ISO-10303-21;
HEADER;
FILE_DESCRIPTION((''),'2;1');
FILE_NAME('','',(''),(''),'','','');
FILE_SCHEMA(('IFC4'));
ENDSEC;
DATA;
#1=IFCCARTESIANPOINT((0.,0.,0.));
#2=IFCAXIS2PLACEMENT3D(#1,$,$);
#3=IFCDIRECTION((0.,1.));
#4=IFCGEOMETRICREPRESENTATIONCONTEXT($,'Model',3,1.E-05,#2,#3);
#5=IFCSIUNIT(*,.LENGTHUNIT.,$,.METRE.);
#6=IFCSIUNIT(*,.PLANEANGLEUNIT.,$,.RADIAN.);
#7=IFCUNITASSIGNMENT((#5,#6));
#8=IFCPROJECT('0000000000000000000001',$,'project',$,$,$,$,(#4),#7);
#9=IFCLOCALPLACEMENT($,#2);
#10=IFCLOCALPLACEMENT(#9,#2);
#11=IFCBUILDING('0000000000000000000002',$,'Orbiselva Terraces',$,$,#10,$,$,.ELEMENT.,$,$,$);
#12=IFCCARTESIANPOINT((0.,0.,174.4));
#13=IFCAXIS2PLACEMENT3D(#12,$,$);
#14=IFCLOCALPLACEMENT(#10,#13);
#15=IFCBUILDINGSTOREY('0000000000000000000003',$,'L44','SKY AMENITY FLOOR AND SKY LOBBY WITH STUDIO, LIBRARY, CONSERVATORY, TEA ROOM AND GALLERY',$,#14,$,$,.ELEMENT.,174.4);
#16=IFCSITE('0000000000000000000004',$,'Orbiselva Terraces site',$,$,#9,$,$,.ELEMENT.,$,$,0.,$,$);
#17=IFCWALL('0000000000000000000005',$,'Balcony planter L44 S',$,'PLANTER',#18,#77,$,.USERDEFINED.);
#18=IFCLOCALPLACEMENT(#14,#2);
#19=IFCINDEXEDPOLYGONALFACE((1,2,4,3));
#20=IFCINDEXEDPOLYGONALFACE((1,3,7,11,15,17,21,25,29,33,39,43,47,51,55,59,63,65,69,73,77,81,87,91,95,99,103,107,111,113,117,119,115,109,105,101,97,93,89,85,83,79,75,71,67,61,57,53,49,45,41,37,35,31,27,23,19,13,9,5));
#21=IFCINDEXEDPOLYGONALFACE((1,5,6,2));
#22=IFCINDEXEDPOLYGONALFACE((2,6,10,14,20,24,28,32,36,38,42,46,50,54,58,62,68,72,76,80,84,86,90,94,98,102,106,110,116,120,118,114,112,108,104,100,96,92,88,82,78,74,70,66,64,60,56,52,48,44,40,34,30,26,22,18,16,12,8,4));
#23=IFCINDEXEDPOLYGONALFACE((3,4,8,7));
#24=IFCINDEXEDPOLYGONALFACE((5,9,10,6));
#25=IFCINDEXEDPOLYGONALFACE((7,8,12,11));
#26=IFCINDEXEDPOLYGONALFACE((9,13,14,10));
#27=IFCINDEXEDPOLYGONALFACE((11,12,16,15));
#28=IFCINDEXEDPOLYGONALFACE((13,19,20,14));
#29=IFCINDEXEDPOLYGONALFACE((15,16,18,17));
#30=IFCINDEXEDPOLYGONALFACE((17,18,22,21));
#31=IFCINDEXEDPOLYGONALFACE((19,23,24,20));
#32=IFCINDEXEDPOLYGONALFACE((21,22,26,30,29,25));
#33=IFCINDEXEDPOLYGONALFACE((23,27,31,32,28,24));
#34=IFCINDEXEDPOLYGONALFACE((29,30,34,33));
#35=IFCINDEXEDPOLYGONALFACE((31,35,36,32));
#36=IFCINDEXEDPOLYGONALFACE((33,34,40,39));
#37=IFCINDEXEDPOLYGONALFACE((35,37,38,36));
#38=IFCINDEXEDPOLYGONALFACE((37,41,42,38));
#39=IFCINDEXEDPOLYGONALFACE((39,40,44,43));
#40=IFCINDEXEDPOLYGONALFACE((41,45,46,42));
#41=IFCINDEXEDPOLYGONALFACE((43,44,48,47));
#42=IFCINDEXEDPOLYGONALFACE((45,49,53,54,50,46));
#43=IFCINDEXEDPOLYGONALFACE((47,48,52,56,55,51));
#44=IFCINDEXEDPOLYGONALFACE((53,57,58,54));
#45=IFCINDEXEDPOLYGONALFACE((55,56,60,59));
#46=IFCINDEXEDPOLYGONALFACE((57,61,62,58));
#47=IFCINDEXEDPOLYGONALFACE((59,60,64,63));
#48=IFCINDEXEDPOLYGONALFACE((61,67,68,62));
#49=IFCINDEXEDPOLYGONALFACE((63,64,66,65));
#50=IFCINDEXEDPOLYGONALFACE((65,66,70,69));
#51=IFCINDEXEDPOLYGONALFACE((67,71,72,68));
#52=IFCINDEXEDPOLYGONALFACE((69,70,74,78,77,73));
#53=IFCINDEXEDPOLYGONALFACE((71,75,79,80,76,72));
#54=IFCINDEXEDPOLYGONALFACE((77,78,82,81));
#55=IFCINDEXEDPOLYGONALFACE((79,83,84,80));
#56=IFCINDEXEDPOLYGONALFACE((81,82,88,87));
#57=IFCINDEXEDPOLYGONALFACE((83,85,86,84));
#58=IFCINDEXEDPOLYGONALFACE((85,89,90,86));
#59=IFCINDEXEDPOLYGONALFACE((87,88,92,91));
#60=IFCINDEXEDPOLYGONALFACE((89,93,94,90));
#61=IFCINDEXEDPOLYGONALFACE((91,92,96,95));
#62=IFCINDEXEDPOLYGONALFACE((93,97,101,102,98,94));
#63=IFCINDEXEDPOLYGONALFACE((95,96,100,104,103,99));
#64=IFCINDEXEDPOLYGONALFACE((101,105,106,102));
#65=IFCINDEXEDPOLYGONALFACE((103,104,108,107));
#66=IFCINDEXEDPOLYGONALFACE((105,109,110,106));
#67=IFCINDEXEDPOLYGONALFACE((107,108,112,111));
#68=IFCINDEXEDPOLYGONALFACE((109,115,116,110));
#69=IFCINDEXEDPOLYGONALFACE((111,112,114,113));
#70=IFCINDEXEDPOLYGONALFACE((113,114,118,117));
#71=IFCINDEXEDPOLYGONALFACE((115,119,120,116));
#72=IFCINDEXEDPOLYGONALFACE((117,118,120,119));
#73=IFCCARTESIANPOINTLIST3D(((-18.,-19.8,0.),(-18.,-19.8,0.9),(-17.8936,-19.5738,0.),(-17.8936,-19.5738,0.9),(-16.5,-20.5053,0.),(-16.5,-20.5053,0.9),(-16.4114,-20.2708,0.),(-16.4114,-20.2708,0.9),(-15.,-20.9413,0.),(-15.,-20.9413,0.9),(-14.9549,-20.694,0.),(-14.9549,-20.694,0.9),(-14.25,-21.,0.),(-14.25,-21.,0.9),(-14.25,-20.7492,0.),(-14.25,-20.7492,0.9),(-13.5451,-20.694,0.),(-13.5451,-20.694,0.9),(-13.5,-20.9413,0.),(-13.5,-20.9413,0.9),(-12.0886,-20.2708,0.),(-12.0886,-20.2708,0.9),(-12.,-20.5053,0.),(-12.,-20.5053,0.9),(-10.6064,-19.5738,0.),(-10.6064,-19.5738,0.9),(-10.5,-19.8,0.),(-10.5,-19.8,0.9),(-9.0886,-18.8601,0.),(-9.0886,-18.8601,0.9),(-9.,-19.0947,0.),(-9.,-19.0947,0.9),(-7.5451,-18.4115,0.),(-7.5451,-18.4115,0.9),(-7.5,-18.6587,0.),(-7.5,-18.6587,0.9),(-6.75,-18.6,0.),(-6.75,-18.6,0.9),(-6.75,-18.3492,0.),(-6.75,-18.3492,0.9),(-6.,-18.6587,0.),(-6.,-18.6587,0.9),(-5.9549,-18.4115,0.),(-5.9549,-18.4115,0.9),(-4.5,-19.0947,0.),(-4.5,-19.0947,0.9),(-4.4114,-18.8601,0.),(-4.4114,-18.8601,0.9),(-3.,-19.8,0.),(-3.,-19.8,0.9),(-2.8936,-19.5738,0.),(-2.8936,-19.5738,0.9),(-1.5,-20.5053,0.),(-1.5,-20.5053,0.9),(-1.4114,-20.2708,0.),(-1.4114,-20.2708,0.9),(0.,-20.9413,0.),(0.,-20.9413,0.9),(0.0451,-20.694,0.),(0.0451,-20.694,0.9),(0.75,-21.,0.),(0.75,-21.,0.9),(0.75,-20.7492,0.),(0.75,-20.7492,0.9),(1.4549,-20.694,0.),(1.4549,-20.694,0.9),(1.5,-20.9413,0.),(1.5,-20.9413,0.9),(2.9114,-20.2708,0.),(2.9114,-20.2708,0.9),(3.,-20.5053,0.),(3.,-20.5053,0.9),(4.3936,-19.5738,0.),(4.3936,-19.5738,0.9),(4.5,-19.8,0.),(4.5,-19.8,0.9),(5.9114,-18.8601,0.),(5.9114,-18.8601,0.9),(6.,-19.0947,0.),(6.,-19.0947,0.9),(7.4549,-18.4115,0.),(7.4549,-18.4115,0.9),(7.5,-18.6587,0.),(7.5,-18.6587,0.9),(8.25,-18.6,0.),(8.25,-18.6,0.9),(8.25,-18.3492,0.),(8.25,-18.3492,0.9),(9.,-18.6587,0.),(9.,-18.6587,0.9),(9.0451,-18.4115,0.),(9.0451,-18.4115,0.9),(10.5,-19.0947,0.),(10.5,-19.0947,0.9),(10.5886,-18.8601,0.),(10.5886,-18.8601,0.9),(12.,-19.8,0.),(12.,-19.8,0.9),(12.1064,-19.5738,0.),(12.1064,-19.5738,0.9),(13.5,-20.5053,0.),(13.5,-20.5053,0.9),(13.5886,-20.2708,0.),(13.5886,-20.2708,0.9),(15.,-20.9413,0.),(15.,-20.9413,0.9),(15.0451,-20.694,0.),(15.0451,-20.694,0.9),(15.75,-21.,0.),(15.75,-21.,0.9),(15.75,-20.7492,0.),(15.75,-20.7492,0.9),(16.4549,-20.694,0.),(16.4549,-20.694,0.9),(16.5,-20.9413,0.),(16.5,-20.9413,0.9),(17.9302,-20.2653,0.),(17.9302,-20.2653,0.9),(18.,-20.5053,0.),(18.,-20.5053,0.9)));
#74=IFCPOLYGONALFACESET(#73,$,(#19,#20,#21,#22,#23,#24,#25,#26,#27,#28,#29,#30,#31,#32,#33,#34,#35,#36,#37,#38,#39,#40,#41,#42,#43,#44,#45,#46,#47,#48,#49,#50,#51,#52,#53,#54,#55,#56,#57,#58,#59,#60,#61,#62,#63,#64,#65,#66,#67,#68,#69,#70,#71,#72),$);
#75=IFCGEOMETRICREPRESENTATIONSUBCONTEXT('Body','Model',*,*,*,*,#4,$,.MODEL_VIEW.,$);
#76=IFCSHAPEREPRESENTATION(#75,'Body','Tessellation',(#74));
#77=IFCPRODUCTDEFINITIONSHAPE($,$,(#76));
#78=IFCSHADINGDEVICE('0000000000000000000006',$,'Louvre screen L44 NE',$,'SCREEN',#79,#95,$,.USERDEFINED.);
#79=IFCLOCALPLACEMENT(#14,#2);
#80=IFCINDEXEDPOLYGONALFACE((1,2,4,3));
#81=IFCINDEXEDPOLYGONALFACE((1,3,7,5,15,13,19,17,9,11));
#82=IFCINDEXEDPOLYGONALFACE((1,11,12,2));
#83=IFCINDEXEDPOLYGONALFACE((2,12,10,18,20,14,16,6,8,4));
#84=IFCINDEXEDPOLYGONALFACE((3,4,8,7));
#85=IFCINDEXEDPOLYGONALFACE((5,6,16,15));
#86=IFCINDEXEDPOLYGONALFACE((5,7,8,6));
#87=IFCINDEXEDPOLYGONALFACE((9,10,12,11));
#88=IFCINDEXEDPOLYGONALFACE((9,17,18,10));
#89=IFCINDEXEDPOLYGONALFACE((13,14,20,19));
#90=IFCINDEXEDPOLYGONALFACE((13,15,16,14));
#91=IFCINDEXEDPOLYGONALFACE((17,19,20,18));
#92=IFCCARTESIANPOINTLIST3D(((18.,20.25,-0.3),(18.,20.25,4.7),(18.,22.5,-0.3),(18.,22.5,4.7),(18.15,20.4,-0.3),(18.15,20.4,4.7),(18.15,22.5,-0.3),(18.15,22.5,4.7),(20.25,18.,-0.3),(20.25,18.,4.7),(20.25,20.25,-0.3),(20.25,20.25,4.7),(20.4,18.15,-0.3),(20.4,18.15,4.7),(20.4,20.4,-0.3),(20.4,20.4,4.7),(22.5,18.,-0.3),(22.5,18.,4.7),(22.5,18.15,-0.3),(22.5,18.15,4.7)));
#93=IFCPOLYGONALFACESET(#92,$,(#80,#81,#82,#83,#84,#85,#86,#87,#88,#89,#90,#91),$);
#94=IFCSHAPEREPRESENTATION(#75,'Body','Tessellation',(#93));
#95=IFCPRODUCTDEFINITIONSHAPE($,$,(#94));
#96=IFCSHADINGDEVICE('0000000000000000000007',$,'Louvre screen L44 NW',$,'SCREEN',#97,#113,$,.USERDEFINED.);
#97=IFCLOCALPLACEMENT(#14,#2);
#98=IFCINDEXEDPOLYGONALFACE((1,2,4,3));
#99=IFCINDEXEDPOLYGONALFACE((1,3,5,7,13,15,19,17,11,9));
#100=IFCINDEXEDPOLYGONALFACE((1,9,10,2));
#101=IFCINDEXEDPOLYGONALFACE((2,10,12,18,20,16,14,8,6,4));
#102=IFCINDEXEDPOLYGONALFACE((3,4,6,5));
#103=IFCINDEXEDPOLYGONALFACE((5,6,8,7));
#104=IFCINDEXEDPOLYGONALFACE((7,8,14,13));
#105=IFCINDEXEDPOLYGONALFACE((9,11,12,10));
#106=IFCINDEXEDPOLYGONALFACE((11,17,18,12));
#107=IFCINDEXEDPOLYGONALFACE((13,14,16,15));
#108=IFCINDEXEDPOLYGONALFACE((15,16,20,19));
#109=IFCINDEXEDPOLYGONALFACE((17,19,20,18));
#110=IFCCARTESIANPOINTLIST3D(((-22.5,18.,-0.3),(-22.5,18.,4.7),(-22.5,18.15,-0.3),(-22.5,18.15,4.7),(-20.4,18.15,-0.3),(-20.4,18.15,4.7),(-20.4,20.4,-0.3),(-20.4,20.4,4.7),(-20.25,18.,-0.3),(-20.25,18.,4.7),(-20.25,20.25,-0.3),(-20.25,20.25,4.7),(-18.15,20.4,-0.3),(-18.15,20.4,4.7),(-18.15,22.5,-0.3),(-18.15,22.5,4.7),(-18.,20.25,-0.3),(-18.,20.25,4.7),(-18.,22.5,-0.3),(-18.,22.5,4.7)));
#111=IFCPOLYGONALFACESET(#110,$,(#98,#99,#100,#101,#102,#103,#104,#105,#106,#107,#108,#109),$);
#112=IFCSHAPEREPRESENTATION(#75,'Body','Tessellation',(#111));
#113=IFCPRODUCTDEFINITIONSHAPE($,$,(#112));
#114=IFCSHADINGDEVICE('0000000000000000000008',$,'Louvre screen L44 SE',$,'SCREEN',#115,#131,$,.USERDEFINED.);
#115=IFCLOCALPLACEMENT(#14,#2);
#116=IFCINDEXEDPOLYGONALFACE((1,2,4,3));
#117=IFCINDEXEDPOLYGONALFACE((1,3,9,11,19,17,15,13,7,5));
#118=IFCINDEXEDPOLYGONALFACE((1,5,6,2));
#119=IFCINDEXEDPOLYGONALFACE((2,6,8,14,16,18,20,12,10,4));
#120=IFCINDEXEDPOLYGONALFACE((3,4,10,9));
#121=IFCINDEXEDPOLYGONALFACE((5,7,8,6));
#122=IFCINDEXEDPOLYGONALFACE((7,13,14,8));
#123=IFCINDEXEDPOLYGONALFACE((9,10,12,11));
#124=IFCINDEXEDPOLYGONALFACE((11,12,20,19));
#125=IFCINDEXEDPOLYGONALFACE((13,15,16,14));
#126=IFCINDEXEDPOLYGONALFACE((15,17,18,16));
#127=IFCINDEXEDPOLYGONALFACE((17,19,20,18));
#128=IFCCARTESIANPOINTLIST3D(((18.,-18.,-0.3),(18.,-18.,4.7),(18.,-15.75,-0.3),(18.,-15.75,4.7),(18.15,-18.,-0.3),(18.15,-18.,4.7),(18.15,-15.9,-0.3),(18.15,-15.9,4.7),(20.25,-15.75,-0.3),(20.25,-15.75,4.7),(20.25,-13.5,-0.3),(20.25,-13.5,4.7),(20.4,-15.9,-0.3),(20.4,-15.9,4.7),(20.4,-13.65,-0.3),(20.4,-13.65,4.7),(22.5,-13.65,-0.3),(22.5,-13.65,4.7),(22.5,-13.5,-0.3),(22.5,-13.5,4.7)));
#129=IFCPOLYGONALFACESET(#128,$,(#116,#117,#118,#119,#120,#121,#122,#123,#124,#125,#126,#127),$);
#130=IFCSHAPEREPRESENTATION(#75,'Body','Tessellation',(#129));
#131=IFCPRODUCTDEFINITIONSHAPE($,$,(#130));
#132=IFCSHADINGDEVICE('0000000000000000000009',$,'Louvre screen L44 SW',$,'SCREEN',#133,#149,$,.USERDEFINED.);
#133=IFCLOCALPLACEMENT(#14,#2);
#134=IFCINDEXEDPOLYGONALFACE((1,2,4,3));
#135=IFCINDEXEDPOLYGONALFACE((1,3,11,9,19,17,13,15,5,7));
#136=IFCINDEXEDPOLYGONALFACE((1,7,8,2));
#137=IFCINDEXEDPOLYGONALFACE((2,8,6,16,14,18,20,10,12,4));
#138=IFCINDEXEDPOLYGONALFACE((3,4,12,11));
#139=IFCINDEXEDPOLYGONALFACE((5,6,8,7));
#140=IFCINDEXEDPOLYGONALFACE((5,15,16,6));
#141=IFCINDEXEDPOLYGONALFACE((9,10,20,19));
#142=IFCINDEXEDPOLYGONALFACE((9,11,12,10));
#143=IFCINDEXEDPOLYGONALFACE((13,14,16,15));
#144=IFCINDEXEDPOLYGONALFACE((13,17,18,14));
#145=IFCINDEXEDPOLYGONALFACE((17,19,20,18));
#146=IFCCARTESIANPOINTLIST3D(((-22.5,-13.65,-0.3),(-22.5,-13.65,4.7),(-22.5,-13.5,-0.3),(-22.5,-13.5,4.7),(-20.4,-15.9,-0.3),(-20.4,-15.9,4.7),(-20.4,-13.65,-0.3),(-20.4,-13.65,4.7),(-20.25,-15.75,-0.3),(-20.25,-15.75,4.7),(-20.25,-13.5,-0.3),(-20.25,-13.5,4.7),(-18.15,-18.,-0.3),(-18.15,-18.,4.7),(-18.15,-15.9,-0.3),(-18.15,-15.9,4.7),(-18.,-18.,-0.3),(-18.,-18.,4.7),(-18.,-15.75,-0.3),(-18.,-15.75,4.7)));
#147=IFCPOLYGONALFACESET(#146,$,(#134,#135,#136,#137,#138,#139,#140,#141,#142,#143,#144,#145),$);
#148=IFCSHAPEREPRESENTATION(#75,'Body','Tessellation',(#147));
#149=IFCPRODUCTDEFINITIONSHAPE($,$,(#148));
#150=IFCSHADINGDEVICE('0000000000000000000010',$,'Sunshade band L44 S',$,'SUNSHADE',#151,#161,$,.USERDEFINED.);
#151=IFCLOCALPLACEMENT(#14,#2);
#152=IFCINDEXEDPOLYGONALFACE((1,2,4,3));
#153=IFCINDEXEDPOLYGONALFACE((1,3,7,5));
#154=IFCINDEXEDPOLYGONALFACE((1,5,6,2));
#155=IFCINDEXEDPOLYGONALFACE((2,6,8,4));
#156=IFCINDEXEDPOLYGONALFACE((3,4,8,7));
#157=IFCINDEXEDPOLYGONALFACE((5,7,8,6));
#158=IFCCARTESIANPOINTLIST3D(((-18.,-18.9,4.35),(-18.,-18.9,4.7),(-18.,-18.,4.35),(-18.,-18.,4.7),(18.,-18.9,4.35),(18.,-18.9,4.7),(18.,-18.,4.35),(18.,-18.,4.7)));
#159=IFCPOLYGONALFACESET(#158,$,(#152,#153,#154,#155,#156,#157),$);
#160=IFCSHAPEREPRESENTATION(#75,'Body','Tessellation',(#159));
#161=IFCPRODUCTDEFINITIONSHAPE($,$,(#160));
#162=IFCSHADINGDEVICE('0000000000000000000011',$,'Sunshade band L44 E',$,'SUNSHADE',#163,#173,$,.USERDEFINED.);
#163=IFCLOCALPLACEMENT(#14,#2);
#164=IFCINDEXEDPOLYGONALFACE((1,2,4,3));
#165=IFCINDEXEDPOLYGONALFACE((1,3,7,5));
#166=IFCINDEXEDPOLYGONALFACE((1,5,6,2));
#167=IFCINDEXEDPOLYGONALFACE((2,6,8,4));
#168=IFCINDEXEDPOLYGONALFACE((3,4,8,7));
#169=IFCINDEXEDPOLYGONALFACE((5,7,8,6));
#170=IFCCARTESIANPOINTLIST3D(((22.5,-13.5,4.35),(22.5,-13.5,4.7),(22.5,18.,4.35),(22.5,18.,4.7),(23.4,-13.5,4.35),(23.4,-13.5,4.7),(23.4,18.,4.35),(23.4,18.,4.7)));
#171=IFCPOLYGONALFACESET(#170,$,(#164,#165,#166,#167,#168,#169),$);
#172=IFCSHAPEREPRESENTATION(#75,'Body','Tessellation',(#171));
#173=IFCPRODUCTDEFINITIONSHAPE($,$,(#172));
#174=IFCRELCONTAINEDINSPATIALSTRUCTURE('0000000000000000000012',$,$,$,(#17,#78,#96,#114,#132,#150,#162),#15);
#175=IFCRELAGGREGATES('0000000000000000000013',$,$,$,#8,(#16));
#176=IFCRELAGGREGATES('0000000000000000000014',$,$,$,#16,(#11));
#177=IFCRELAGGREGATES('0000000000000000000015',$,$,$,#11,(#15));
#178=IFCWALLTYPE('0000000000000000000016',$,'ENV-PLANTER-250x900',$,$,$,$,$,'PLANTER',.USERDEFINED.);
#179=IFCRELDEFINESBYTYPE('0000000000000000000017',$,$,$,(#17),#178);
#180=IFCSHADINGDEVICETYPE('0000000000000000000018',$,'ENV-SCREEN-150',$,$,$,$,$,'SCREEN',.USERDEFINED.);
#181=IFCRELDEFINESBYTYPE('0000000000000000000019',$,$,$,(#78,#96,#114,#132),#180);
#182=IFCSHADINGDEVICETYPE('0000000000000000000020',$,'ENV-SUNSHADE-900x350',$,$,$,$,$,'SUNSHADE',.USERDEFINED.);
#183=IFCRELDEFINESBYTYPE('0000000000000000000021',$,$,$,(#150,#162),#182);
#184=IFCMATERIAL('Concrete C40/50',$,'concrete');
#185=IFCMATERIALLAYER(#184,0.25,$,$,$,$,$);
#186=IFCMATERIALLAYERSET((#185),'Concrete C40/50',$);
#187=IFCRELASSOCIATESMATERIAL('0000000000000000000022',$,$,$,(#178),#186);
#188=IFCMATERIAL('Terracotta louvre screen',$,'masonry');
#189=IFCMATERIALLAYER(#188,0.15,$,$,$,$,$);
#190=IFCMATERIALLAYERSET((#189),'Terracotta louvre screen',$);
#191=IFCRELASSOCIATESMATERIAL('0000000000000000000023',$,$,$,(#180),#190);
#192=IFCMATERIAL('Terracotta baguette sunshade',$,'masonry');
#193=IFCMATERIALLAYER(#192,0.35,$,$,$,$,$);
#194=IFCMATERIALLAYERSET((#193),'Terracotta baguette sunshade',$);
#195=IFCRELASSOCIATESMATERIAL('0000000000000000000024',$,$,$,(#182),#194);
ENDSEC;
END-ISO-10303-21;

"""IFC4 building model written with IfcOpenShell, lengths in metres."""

from ifc_helpers import new_model, si_unit, direction, frame, origin, place, context, subcontext, project, spatial, polyline, outline, extrude, material, layer, layer_set, type_object, element, save


model = new_model("IFC4")

# Units and contexts
model_context = context("Model", 3, precision=1e-05, world=origin(), true_north=direction((0.0, 1.0)))
body_context = subcontext(model_context, "Body", "Model", "MODEL_VIEW")
ifc_project = project(units=[si_unit("LENGTHUNIT", "METRE"), si_unit("PLANEANGLEUNIT", "RADIAN")], contexts=[model_context])

# Site, building, storey
site_placement = place(None, origin())
site = spatial("IfcSite", under=ifc_project, at=site_placement, Name="Orbiselva Terraces site", CompositionType="ELEMENT", RefElevation=0.0)
building_placement = place(site_placement, origin())
building = spatial("IfcBuilding", under=site, at=building_placement, Name="Orbiselva Terraces", CompositionType="ELEMENT")
storey_placement = place(building_placement, frame((0.0, 0.0, 174.4)))
storey = spatial("IfcBuildingStorey", under=building, at=storey_placement, Name="L44", Description="SKY AMENITY FLOOR AND SKY LOBBY WITH STUDIO, LIBRARY, CONSERVATORY, TEA ROOM AND GALLERY", CompositionType="ELEMENT", Elevation=174.4)

# Wall
ifc_material_1 = material(Name="Concrete C40/50", Category="concrete")
ifc_layer_1 = layer(ifc_material_1, 0.25)
ifc_layer_set_1 = layer_set([ifc_layer_1], Name="Concrete C40/50")
wall_type = type_object("IfcWallType", Name="ENV-PLANTER-250x900", ElementType="PLANTER", PredefinedType="USERDEFINED", material=ifc_layer_set_1)
wall_placement = place(storey_placement, origin())
element("IfcWall", 1, at=wall_placement, inside=storey, type_object=wall_type, Name="Balcony planter L44 S", ObjectType="PLANTER", PredefinedType="USERDEFINED", context=body_context, shape_type="SweptSolid", body=[
    extrude(outline(polyline([(-18.0, -19.8), (-16.5, -20.5053), (-15.0, -20.9413), (-14.25, -21.0), (-13.5, -20.9413), (-12.0, -20.5053), (-10.5, -19.8), (-9.0, -19.0947), (-7.5, -18.6587), (-6.75, -18.6), (-6.0, -18.6587), (-4.5, -19.0947), (-3.0, -19.8), (-1.5, -20.5053), (0.0, -20.9413), (0.75, -21.0), (1.5, -20.9413), (3.0, -20.5053), (4.5, -19.8), (6.0, -19.0947), (7.5, -18.6587), (8.25, -18.6), (9.0, -18.6587), (10.5, -19.0947), (12.0, -19.8), (13.5, -20.5053), (15.0, -20.9413), (15.75, -21.0), (16.5, -20.9413), (18.0, -20.5053), (17.9302, -20.2653), (16.4549, -20.694), (15.75, -20.7492), (15.0451, -20.694), (13.5886, -20.2708), (12.1064, -19.5738), (10.5886, -18.8601), (9.0451, -18.4115), (8.25, -18.3492), (7.4549, -18.4115), (5.9114, -18.8601), (4.3936, -19.5738), (2.9114, -20.2708), (1.4549, -20.694), (0.75, -20.7492), (0.0451, -20.694), (-1.4114, -20.2708), (-2.8936, -19.5738), (-4.4114, -18.8601), (-5.9549, -18.4115), (-6.75, -18.3492), (-7.5451, -18.4115), (-9.0886, -18.8601), (-10.6064, -19.5738), (-12.0886, -20.2708), (-13.5451, -20.694), (-14.25, -20.7492), (-14.9549, -20.694), (-16.4114, -20.2708), (-17.8936, -19.5738), (-18.0, -19.8)])), origin(), (0.0, 0.0, 1.0), 0.9),
])

# Shading devices
ifc_material_2 = material(Name="Terracotta louvre screen", Category="masonry")
ifc_layer_2 = layer(ifc_material_2, 0.15)
ifc_layer_set_2 = layer_set([ifc_layer_2], Name="Terracotta louvre screen")
shading_device_type_1 = type_object("IfcShadingDeviceType", Name="ENV-SCREEN-150", ElementType="SCREEN", PredefinedType="USERDEFINED", material=ifc_layer_set_2)
shading_device_1_placement = place(storey_placement, frame((0.0, 0.0, -0.3)))
element("IfcShadingDevice", 2, at=shading_device_1_placement, inside=storey, type_object=shading_device_type_1, Name="Louvre screen L44 NE", ObjectType="SCREEN", PredefinedType="USERDEFINED", context=body_context, shape_type="SweptSolid", body=[
    extrude(outline(polyline([(22.5, 18.15), (20.4, 18.15), (20.4, 20.4), (18.15, 20.4), (18.15, 22.5), (18.0, 22.5), (18.0, 20.25), (20.25, 20.25), (20.25, 18.0), (22.5, 18.0), (22.5, 18.15)])), origin(), (0.0, 0.0, 1.0), 5.0),
])
shading_device_2_placement = place(storey_placement, frame((0.0, 0.0, -0.3)))
element("IfcShadingDevice", 3, at=shading_device_2_placement, inside=storey, type_object=shading_device_type_1, Name="Louvre screen L44 NW", ObjectType="SCREEN", PredefinedType="USERDEFINED", context=body_context, shape_type="SweptSolid", body=[
    extrude(outline(polyline([(-18.15, 22.5), (-18.15, 20.4), (-20.4, 20.4), (-20.4, 18.15), (-22.5, 18.15), (-22.5, 18.0), (-20.25, 18.0), (-20.25, 20.25), (-18.0, 20.25), (-18.0, 22.5), (-18.15, 22.5)])), origin(), (0.0, 0.0, 1.0), 5.0),
])
shading_device_3_placement = place(storey_placement, frame((0.0, 0.0, -0.3)))
element("IfcShadingDevice", 4, at=shading_device_3_placement, inside=storey, type_object=shading_device_type_1, Name="Louvre screen L44 SE", ObjectType="SCREEN", PredefinedType="USERDEFINED", context=body_context, shape_type="SweptSolid", body=[
    extrude(outline(polyline([(18.15, -18.0), (18.15, -15.9), (20.4, -15.9), (20.4, -13.65), (22.5, -13.65), (22.5, -13.5), (20.25, -13.5), (20.25, -15.75), (18.0, -15.75), (18.0, -18.0), (18.15, -18.0)])), origin(), (0.0, 0.0, 1.0), 5.0),
])
shading_device_4_placement = place(storey_placement, frame((0.0, 0.0, -0.3)))
element("IfcShadingDevice", 5, at=shading_device_4_placement, inside=storey, type_object=shading_device_type_1, Name="Louvre screen L44 SW", ObjectType="SCREEN", PredefinedType="USERDEFINED", context=body_context, shape_type="SweptSolid", body=[
    extrude(outline(polyline([(-22.5, -13.65), (-20.4, -13.65), (-20.4, -15.9), (-18.15, -15.9), (-18.15, -18.0), (-18.0, -18.0), (-18.0, -15.75), (-20.25, -15.75), (-20.25, -13.5), (-22.5, -13.5), (-22.5, -13.65)])), origin(), (0.0, 0.0, 1.0), 5.0),
])
ifc_material_3 = material(Name="Terracotta baguette sunshade", Category="masonry")
ifc_layer_3 = layer(ifc_material_3, 0.35)
ifc_layer_set_3 = layer_set([ifc_layer_3], Name="Terracotta baguette sunshade")
shading_device_type_2 = type_object("IfcShadingDeviceType", Name="ENV-SUNSHADE-900x350", ElementType="SUNSHADE", PredefinedType="USERDEFINED", material=ifc_layer_set_3)
shading_device_5_placement = place(storey_placement, frame((0.0, 0.0, 4.35)))
element("IfcShadingDevice", 6, at=shading_device_5_placement, inside=storey, type_object=shading_device_type_2, Name="Sunshade band L44 S", ObjectType="SUNSHADE", PredefinedType="USERDEFINED", context=body_context, shape_type="SweptSolid", body=[
    extrude(outline(polyline([(-18.0, -18.9), (18.0, -18.9), (18.0, -18.0), (-18.0, -18.0), (-18.0, -18.9)])), origin(), (0.0, 0.0, 1.0), 0.35),
])
shading_device_6_placement = place(storey_placement, frame((0.0, 0.0, 4.35)))
element("IfcShadingDevice", 7, at=shading_device_6_placement, inside=storey, type_object=shading_device_type_2, Name="Sunshade band L44 E", ObjectType="SUNSHADE", PredefinedType="USERDEFINED", context=body_context, shape_type="SweptSolid", body=[
    extrude(outline(polyline([(23.4, -13.5), (23.4, 18.0), (22.5, 18.0), (22.5, -13.5), (23.4, -13.5)])), origin(), (0.0, 0.0, 1.0), 0.35),
])

save(model, "model.ifc")
